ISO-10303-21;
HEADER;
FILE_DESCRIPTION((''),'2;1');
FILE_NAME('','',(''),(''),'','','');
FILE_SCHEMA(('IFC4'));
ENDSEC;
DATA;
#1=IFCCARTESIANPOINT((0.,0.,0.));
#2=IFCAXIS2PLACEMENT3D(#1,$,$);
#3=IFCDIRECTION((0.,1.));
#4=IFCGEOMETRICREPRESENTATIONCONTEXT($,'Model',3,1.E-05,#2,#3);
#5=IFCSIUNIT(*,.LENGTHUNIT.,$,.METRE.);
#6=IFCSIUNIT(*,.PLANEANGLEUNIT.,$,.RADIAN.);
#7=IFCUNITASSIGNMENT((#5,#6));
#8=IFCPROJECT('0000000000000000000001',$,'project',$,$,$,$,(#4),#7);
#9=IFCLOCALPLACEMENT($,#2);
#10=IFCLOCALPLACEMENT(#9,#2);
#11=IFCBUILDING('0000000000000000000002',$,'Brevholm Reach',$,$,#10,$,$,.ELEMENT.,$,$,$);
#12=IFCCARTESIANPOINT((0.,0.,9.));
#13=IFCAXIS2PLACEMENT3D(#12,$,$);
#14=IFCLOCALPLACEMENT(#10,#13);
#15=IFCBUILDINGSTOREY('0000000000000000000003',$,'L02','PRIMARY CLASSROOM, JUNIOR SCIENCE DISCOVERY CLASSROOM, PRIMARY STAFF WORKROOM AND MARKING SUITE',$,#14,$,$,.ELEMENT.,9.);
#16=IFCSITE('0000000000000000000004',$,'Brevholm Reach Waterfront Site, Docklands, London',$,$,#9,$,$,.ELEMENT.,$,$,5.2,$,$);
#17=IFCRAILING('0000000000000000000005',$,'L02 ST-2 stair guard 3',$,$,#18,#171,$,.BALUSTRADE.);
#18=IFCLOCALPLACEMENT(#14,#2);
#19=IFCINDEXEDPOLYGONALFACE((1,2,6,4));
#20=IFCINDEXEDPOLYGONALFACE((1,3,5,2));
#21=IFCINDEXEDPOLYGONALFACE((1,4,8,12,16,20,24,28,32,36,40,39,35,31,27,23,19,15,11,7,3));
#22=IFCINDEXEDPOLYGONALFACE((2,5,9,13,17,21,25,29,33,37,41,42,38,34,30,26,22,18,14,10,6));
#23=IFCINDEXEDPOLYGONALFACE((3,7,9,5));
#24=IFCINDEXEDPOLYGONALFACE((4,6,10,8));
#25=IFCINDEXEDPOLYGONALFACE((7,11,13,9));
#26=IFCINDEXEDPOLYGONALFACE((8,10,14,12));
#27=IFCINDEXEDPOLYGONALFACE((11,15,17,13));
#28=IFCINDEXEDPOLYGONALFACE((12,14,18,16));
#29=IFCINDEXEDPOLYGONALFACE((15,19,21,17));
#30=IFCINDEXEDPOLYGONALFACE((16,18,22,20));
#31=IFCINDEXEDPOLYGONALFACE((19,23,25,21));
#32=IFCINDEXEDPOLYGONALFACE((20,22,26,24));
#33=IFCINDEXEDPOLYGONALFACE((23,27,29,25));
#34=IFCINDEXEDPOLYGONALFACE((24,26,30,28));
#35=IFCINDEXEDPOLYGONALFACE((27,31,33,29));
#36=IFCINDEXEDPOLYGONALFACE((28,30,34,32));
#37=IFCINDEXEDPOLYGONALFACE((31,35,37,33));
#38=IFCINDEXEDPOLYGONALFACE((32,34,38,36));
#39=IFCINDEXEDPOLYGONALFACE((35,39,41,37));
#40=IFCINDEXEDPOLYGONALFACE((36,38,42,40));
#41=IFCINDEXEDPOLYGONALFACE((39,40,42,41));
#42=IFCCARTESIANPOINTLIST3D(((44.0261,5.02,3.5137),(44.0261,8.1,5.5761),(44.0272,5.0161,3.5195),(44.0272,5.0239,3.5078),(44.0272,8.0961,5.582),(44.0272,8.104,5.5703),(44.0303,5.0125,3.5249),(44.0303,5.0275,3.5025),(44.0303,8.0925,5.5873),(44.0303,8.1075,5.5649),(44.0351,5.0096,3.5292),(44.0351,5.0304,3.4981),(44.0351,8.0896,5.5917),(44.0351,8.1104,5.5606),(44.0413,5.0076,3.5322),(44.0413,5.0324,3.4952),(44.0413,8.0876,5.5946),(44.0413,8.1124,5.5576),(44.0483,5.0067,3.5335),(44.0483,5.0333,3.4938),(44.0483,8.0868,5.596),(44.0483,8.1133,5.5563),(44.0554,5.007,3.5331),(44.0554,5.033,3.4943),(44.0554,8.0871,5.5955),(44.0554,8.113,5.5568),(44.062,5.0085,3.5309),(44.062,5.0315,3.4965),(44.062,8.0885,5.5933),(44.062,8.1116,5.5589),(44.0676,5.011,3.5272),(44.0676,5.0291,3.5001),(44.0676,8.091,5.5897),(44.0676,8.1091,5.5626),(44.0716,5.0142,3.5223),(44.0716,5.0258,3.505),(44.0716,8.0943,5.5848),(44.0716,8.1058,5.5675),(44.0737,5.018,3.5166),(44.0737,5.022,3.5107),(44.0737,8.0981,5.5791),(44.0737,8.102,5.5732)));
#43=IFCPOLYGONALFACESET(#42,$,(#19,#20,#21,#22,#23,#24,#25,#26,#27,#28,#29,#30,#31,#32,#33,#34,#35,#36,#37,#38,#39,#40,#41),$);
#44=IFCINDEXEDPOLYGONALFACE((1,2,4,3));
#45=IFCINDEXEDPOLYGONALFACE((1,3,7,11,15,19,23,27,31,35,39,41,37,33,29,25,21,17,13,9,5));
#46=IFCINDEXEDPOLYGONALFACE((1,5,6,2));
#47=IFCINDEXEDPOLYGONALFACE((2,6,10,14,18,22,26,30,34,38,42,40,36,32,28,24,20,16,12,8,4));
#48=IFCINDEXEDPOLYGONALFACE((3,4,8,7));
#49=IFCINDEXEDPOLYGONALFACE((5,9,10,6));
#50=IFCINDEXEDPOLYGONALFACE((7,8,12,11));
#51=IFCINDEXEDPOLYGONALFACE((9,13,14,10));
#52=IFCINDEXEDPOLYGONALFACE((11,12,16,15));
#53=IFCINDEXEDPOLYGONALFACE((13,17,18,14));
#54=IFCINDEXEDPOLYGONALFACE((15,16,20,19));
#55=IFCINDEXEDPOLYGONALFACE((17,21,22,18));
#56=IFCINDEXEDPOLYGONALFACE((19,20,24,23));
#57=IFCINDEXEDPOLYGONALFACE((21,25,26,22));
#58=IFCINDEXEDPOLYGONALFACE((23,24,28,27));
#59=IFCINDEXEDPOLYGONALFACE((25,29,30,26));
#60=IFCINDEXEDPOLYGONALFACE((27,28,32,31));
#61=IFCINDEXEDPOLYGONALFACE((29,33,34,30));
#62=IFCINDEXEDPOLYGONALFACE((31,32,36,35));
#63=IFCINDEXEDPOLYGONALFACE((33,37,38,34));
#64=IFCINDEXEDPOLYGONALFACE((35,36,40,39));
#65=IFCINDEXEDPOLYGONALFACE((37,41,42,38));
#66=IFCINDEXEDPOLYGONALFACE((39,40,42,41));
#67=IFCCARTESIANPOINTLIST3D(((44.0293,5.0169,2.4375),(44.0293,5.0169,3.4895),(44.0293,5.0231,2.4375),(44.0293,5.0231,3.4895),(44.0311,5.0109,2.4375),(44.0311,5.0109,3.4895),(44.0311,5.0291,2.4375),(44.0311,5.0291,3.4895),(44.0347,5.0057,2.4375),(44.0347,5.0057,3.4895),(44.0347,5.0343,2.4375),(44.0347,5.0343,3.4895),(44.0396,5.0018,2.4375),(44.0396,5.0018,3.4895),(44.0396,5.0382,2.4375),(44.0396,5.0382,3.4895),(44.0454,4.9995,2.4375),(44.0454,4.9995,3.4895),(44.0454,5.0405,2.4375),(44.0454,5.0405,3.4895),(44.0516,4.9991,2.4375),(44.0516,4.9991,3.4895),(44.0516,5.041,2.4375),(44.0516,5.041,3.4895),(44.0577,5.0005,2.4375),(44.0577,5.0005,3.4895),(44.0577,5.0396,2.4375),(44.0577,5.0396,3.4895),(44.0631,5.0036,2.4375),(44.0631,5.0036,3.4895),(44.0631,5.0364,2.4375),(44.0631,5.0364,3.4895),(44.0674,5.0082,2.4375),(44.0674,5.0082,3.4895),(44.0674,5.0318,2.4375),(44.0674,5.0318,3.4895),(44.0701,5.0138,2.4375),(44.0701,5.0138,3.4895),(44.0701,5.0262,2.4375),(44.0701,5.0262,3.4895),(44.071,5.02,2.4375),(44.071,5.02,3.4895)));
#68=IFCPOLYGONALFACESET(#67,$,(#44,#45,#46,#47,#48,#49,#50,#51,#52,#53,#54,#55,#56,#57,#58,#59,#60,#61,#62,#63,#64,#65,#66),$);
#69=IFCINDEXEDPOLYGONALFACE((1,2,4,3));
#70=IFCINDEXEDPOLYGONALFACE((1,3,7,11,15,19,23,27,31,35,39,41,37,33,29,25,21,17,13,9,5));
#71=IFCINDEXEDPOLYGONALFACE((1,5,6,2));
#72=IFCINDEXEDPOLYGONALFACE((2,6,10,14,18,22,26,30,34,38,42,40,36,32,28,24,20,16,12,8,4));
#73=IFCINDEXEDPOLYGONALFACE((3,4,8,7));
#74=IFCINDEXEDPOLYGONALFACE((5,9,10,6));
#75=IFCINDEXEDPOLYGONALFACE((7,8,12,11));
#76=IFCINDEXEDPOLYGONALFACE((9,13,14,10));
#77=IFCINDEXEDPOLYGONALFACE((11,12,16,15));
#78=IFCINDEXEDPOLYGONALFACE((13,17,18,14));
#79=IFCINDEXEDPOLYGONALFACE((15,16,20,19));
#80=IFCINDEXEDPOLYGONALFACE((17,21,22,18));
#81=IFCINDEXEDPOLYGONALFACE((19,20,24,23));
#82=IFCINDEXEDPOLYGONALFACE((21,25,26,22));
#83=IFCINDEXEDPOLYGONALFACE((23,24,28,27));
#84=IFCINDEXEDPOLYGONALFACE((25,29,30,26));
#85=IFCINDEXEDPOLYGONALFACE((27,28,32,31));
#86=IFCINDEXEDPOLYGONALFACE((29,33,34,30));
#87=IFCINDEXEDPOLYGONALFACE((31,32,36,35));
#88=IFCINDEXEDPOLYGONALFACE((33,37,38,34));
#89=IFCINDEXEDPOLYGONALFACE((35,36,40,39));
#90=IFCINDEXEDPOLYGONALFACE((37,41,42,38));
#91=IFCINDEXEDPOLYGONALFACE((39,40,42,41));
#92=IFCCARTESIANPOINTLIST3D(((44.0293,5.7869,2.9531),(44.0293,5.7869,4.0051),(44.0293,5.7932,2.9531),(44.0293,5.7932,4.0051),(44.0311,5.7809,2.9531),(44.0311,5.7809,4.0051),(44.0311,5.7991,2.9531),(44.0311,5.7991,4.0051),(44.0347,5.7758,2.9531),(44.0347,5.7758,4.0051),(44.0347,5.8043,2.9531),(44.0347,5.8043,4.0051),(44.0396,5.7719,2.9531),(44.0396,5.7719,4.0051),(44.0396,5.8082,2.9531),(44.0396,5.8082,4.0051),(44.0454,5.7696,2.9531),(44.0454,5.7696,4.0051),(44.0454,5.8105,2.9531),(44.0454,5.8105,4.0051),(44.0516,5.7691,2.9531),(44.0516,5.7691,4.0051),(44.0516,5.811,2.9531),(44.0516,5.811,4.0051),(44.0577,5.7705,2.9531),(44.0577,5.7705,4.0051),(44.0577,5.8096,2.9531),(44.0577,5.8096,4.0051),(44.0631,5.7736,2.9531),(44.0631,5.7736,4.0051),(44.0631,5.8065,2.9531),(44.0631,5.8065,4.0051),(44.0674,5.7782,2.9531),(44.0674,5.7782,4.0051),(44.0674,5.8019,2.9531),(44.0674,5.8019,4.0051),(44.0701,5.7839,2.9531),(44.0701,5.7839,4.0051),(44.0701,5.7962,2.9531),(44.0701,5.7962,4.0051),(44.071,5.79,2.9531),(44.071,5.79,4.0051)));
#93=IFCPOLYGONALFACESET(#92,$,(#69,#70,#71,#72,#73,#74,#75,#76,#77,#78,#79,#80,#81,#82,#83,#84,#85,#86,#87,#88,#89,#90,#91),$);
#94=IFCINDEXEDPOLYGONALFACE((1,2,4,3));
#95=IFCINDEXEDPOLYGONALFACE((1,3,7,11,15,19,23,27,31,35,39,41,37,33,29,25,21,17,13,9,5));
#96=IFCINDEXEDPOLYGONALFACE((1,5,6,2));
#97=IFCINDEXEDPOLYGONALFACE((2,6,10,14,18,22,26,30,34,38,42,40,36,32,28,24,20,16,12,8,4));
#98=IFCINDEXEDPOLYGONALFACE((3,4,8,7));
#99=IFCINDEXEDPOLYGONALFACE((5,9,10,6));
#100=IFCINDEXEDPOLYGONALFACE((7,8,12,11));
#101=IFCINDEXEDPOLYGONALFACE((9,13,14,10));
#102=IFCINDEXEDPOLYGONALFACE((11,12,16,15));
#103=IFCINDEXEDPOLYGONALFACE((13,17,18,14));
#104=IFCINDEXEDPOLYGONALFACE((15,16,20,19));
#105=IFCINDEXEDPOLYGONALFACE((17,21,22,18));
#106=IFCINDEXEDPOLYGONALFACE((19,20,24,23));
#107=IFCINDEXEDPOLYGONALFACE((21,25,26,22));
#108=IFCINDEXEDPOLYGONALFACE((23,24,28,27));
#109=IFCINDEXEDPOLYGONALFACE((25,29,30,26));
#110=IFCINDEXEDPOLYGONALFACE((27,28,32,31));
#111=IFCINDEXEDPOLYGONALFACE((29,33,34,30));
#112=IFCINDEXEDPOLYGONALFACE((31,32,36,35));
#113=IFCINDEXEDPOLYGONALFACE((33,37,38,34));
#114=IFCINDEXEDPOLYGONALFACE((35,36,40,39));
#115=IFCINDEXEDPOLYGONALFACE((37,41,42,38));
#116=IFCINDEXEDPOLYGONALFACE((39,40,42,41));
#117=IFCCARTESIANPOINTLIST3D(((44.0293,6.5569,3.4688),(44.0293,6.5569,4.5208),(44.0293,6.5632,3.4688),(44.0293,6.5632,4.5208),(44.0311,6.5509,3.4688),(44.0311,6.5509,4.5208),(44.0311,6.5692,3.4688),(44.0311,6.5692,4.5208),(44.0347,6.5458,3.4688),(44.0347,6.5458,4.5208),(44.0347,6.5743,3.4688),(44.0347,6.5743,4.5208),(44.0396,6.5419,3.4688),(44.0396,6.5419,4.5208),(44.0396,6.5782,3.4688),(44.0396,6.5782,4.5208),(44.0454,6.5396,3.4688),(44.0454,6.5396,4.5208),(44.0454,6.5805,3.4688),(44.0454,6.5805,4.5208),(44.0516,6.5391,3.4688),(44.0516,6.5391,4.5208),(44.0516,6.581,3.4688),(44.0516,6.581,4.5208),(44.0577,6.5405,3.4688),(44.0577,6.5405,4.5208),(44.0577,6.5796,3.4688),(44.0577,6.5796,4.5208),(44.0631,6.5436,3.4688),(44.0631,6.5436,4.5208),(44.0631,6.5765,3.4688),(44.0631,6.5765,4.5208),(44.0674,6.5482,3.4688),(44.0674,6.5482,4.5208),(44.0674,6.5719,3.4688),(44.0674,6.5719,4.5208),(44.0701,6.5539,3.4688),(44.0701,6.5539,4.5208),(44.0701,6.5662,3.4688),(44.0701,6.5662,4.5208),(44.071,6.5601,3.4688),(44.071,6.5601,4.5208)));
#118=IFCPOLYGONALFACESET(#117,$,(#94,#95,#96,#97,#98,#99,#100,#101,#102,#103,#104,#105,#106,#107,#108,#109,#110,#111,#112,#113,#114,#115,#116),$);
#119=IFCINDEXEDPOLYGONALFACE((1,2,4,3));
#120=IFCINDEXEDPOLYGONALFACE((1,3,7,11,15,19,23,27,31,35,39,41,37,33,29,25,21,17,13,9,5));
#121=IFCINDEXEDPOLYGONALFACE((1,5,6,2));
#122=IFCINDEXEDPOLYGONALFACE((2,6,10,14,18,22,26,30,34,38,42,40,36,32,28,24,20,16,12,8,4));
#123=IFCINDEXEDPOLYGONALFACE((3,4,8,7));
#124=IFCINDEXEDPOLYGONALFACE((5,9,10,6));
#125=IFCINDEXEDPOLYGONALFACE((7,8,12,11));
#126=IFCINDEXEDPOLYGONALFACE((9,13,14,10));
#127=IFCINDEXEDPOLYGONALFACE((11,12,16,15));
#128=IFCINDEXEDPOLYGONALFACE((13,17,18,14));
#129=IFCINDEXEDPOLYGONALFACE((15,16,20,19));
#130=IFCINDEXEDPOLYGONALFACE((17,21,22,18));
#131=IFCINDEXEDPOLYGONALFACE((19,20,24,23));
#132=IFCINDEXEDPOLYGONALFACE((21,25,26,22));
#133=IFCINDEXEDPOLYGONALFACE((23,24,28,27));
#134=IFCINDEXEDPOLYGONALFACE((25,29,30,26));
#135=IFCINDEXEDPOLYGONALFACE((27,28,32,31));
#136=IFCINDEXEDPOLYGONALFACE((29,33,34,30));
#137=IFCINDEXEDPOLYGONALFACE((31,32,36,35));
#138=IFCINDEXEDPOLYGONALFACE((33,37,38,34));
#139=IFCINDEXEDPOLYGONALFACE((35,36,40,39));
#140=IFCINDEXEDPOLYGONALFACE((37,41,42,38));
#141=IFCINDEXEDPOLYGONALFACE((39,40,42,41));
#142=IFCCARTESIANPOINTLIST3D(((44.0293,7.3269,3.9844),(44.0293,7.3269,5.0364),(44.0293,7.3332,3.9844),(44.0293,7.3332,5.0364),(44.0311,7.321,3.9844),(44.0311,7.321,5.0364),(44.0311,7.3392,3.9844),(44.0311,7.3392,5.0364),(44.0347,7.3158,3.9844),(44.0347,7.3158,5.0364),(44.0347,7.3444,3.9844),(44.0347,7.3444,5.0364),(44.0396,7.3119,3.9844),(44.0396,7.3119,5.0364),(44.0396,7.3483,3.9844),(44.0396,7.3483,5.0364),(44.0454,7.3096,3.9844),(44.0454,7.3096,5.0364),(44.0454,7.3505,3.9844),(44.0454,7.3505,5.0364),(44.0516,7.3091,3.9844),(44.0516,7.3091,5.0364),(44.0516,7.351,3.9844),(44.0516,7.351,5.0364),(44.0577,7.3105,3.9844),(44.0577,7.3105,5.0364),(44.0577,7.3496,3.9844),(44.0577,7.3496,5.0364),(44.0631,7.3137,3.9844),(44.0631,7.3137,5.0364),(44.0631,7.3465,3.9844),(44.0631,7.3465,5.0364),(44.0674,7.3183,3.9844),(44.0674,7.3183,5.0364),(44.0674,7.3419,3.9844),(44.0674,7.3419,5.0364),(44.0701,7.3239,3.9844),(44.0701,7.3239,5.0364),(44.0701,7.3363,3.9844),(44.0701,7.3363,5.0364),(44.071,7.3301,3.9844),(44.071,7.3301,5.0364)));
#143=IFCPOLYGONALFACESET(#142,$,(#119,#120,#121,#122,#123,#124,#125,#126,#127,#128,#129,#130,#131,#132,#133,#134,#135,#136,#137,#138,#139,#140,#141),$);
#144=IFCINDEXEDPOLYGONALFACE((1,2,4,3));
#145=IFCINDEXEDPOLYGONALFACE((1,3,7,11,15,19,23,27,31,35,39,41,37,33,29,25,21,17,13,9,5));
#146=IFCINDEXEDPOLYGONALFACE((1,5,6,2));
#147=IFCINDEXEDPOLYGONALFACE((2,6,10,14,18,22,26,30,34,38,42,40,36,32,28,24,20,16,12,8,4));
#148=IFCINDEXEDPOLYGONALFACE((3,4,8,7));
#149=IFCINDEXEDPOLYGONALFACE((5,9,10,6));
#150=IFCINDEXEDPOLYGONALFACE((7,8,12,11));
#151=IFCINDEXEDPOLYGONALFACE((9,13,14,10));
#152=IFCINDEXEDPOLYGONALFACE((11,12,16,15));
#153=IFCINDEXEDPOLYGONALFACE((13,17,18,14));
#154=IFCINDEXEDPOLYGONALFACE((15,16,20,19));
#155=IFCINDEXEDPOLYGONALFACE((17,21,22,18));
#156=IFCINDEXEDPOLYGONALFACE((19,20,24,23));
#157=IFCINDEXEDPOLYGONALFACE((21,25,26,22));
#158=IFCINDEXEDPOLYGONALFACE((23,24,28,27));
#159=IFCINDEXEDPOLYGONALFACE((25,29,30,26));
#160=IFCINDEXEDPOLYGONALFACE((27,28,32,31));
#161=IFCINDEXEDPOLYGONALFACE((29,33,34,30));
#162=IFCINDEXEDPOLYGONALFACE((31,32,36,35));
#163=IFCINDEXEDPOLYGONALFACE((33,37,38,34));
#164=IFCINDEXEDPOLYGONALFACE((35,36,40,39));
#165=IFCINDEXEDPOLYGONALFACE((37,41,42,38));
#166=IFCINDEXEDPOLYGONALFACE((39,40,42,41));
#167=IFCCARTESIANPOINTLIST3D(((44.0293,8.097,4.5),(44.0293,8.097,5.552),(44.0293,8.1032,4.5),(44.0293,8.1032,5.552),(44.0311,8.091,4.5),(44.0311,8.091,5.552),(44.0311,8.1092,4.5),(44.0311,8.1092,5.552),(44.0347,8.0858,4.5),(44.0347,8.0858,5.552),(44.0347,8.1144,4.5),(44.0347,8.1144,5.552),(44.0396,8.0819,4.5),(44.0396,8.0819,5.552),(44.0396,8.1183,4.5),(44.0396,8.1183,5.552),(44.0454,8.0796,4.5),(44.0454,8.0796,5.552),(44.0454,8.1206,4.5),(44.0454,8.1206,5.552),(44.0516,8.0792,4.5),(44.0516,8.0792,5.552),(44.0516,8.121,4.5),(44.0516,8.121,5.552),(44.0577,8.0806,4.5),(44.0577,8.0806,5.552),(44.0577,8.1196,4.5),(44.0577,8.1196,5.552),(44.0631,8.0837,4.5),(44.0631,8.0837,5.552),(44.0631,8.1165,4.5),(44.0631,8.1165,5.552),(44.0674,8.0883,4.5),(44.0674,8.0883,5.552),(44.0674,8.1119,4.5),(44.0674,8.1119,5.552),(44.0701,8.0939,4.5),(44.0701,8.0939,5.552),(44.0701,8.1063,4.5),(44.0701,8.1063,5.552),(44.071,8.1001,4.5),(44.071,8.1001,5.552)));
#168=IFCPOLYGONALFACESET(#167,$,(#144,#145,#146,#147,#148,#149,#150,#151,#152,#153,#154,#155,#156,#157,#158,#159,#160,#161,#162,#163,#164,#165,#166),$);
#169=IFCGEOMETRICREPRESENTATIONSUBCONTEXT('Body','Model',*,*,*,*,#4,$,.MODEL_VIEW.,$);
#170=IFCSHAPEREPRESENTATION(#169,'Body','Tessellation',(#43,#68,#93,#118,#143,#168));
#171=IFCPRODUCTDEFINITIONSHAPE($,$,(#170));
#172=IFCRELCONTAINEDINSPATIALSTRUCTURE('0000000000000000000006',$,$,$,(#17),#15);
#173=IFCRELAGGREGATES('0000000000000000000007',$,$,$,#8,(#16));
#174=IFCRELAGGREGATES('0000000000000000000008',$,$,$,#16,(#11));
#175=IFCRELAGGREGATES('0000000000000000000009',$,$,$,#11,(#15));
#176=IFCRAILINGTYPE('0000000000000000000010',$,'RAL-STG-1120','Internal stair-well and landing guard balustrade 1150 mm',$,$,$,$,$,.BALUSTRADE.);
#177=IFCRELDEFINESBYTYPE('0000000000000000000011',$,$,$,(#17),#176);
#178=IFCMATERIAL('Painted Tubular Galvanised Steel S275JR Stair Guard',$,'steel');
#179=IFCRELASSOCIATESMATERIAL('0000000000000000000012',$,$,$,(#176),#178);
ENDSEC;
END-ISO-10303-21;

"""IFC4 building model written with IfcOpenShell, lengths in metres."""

from ifc_helpers import new_model, si_unit, direction, frame, origin, origin_2d, place, context, subcontext, project, spatial, circle, extrude, material, type_object, element, save


model = new_model("IFC4")

# Units and contexts
model_context = context("Model", 3, precision=1e-05, world=origin(), true_north=direction((0.0, 1.0)))
body_context = subcontext(model_context, "Body", "Model", "MODEL_VIEW")
ifc_project = project(units=[si_unit("LENGTHUNIT", "METRE"), si_unit("PLANEANGLEUNIT", "RADIAN")], contexts=[model_context])

# Site, building, storey
site_placement = place(None, origin())
site = spatial("IfcSite", under=ifc_project, at=site_placement, Name="Brevholm Reach Waterfront Site, Docklands, London", CompositionType="ELEMENT", RefElevation=5.2)
building_placement = place(site_placement, origin())
building = spatial("IfcBuilding", under=site, at=building_placement, Name="Brevholm Reach", CompositionType="ELEMENT")
storey_placement = place(building_placement, frame((0.0, 0.0, 9.0)))
storey = spatial("IfcBuildingStorey", under=building, at=storey_placement, Name="L02", Description="PRIMARY CLASSROOM, JUNIOR SCIENCE DISCOVERY CLASSROOM, PRIMARY STAFF WORKROOM AND MARKING SUITE", CompositionType="ELEMENT", Elevation=9.0)

# Railing
ifc_material_1 = material(Name="Painted Tubular Galvanised Steel S275JR Stair Guard", Category="steel")
railing_type_1 = type_object("IfcRailingType", Name="RAL-STG-1120", Description="Internal stair-well and landing guard balustrade 1150 mm", PredefinedType="BALUSTRADE", material=ifc_material_1)
railing_1_placement = place(storey_placement, frame((44.05, 5.02, 2.4375)))
element("IfcRailing", 1, at=railing_1_placement, inside=storey, type_object=railing_type_1, Name="L02 ST-2 stair guard 3", PredefinedType="BALUSTRADE", context=body_context, shape_type="SweptSolid", body=[
    extrude(circle(Radius=0.0239, at=origin_2d()), frame((0.0, 0.0, 1.0762), z_axis=(0.0, 0.830914, 0.556401), x_axis=(-1.0, 0.0, 0.0)), (0.0, 0.0, 1.0), 3.7068),
    extrude(circle(Radius=0.021, at=origin_2d()), origin(), (0.0, 0.0, 1.0), 1.052),
    extrude(circle(Radius=0.021, at=origin_2d()), frame((0.0, 0.77, 0.5156)), (0.0, 0.0, 1.0), 1.052),
    extrude(circle(Radius=0.021, at=origin_2d()), frame((0.0, 1.54, 1.0312)), (0.0, 0.0, 1.0), 1.052),
    extrude(circle(Radius=0.021, at=origin_2d()), frame((0.0, 2.3101, 1.5469)), (0.0, 0.0, 1.0), 1.052),
    extrude(circle(Radius=0.021, at=origin_2d()), frame((0.0, 3.0801, 2.0625)), (0.0, 0.0, 1.0), 1.052),
])

save(model, "model.ifc")
